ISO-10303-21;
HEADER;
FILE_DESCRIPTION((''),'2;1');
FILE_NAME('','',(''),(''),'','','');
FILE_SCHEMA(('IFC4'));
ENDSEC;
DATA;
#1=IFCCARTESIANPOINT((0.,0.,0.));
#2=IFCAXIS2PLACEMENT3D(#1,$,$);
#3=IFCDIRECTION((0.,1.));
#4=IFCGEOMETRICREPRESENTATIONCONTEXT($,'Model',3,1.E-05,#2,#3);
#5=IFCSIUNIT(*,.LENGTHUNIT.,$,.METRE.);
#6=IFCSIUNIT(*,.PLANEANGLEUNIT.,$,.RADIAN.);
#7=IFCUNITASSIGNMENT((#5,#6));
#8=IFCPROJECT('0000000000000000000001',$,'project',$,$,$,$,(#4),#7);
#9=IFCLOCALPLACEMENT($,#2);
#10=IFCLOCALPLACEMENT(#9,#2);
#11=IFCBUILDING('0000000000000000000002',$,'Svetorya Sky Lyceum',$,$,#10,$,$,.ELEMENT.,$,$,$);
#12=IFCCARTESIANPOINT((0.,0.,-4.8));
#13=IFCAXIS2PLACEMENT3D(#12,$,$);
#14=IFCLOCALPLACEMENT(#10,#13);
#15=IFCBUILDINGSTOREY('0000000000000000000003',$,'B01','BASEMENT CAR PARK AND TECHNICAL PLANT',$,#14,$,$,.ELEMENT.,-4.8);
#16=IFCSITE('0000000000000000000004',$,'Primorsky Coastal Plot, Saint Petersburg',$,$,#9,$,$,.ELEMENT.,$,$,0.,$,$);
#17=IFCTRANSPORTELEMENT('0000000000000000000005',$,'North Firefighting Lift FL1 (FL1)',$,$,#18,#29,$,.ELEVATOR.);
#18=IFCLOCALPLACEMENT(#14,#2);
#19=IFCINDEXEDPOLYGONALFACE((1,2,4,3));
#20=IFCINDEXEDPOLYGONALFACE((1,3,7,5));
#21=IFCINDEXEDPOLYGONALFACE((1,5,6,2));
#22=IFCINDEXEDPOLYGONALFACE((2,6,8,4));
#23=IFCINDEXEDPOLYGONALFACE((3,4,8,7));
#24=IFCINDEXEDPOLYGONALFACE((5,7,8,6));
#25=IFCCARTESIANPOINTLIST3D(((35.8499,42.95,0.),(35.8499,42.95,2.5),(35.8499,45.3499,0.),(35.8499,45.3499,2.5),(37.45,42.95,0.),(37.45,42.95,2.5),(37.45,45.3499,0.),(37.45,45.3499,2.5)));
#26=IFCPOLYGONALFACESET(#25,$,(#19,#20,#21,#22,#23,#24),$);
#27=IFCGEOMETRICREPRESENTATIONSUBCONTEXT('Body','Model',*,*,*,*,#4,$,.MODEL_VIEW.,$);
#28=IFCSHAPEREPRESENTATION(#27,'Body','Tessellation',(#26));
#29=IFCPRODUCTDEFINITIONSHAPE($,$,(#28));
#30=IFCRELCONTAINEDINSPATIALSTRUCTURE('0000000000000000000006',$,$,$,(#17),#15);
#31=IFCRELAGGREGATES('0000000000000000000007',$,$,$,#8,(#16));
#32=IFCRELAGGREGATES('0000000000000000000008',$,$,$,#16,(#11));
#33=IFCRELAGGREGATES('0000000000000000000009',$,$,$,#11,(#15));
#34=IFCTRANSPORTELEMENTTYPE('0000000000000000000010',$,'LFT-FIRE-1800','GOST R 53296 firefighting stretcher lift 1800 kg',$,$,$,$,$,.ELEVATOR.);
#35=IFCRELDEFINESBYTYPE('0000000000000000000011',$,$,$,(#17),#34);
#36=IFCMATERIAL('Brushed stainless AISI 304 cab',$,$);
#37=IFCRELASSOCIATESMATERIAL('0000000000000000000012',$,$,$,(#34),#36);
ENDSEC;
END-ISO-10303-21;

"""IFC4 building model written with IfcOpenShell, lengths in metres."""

from ifc_helpers import new_model, si_unit, direction, frame, origin, origin_2d, place, context, subcontext, project, spatial, rectangle, extrude, material, type_object, element, save


model = new_model("IFC4")

# Units and contexts
model_context = context("Model", 3, precision=1e-05, world=origin(), true_north=direction((0.0, 1.0)))
body_context = subcontext(model_context, "Body", "Model", "MODEL_VIEW")
ifc_project = project(units=[si_unit("LENGTHUNIT", "METRE"), si_unit("PLANEANGLEUNIT", "RADIAN")], contexts=[model_context])

# Site, building, storey
site_placement = place(None, origin())
site = spatial("IfcSite", under=ifc_project, at=site_placement, Name="Primorsky Coastal Plot, Saint Petersburg", CompositionType="ELEMENT", RefElevation=0.0)
building_placement = place(site_placement, origin())
building = spatial("IfcBuilding", under=site, at=building_placement, Name="Svetorya Sky Lyceum", CompositionType="ELEMENT")
storey_placement = place(building_placement, frame((0.0, 0.0, -4.8)))
storey = spatial("IfcBuildingStorey", under=building, at=storey_placement, Name="B01", Description="BASEMENT CAR PARK AND TECHNICAL PLANT", CompositionType="ELEMENT", Elevation=-4.8)

# Transport element
ifc_material_1 = material(Name="Brushed stainless AISI 304 cab")
transport_element_type = type_object("IfcTransportElementType", Name="LFT-FIRE-1800", Description="GOST R 53296 firefighting stretcher lift 1800 kg", PredefinedType="ELEVATOR", material=ifc_material_1)
transport_element_placement = place(storey_placement, frame((36.6499, 44.1499, 0.0), z_axis=(0.0, 0.0, 1.0), x_axis=(1.0, 0.0, 0.0)))
element("IfcTransportElement", 1, at=transport_element_placement, inside=storey, type_object=transport_element_type, Name="North Firefighting Lift FL1 (FL1)", PredefinedType="ELEVATOR", context=body_context, shape_type="SweptSolid", body=[
    extrude(rectangle(XDim=1.6001, YDim=2.3999, at=origin_2d()), origin(), (0.0, 0.0, 1.0), 2.5),
])

save(model, "model.ifc")
